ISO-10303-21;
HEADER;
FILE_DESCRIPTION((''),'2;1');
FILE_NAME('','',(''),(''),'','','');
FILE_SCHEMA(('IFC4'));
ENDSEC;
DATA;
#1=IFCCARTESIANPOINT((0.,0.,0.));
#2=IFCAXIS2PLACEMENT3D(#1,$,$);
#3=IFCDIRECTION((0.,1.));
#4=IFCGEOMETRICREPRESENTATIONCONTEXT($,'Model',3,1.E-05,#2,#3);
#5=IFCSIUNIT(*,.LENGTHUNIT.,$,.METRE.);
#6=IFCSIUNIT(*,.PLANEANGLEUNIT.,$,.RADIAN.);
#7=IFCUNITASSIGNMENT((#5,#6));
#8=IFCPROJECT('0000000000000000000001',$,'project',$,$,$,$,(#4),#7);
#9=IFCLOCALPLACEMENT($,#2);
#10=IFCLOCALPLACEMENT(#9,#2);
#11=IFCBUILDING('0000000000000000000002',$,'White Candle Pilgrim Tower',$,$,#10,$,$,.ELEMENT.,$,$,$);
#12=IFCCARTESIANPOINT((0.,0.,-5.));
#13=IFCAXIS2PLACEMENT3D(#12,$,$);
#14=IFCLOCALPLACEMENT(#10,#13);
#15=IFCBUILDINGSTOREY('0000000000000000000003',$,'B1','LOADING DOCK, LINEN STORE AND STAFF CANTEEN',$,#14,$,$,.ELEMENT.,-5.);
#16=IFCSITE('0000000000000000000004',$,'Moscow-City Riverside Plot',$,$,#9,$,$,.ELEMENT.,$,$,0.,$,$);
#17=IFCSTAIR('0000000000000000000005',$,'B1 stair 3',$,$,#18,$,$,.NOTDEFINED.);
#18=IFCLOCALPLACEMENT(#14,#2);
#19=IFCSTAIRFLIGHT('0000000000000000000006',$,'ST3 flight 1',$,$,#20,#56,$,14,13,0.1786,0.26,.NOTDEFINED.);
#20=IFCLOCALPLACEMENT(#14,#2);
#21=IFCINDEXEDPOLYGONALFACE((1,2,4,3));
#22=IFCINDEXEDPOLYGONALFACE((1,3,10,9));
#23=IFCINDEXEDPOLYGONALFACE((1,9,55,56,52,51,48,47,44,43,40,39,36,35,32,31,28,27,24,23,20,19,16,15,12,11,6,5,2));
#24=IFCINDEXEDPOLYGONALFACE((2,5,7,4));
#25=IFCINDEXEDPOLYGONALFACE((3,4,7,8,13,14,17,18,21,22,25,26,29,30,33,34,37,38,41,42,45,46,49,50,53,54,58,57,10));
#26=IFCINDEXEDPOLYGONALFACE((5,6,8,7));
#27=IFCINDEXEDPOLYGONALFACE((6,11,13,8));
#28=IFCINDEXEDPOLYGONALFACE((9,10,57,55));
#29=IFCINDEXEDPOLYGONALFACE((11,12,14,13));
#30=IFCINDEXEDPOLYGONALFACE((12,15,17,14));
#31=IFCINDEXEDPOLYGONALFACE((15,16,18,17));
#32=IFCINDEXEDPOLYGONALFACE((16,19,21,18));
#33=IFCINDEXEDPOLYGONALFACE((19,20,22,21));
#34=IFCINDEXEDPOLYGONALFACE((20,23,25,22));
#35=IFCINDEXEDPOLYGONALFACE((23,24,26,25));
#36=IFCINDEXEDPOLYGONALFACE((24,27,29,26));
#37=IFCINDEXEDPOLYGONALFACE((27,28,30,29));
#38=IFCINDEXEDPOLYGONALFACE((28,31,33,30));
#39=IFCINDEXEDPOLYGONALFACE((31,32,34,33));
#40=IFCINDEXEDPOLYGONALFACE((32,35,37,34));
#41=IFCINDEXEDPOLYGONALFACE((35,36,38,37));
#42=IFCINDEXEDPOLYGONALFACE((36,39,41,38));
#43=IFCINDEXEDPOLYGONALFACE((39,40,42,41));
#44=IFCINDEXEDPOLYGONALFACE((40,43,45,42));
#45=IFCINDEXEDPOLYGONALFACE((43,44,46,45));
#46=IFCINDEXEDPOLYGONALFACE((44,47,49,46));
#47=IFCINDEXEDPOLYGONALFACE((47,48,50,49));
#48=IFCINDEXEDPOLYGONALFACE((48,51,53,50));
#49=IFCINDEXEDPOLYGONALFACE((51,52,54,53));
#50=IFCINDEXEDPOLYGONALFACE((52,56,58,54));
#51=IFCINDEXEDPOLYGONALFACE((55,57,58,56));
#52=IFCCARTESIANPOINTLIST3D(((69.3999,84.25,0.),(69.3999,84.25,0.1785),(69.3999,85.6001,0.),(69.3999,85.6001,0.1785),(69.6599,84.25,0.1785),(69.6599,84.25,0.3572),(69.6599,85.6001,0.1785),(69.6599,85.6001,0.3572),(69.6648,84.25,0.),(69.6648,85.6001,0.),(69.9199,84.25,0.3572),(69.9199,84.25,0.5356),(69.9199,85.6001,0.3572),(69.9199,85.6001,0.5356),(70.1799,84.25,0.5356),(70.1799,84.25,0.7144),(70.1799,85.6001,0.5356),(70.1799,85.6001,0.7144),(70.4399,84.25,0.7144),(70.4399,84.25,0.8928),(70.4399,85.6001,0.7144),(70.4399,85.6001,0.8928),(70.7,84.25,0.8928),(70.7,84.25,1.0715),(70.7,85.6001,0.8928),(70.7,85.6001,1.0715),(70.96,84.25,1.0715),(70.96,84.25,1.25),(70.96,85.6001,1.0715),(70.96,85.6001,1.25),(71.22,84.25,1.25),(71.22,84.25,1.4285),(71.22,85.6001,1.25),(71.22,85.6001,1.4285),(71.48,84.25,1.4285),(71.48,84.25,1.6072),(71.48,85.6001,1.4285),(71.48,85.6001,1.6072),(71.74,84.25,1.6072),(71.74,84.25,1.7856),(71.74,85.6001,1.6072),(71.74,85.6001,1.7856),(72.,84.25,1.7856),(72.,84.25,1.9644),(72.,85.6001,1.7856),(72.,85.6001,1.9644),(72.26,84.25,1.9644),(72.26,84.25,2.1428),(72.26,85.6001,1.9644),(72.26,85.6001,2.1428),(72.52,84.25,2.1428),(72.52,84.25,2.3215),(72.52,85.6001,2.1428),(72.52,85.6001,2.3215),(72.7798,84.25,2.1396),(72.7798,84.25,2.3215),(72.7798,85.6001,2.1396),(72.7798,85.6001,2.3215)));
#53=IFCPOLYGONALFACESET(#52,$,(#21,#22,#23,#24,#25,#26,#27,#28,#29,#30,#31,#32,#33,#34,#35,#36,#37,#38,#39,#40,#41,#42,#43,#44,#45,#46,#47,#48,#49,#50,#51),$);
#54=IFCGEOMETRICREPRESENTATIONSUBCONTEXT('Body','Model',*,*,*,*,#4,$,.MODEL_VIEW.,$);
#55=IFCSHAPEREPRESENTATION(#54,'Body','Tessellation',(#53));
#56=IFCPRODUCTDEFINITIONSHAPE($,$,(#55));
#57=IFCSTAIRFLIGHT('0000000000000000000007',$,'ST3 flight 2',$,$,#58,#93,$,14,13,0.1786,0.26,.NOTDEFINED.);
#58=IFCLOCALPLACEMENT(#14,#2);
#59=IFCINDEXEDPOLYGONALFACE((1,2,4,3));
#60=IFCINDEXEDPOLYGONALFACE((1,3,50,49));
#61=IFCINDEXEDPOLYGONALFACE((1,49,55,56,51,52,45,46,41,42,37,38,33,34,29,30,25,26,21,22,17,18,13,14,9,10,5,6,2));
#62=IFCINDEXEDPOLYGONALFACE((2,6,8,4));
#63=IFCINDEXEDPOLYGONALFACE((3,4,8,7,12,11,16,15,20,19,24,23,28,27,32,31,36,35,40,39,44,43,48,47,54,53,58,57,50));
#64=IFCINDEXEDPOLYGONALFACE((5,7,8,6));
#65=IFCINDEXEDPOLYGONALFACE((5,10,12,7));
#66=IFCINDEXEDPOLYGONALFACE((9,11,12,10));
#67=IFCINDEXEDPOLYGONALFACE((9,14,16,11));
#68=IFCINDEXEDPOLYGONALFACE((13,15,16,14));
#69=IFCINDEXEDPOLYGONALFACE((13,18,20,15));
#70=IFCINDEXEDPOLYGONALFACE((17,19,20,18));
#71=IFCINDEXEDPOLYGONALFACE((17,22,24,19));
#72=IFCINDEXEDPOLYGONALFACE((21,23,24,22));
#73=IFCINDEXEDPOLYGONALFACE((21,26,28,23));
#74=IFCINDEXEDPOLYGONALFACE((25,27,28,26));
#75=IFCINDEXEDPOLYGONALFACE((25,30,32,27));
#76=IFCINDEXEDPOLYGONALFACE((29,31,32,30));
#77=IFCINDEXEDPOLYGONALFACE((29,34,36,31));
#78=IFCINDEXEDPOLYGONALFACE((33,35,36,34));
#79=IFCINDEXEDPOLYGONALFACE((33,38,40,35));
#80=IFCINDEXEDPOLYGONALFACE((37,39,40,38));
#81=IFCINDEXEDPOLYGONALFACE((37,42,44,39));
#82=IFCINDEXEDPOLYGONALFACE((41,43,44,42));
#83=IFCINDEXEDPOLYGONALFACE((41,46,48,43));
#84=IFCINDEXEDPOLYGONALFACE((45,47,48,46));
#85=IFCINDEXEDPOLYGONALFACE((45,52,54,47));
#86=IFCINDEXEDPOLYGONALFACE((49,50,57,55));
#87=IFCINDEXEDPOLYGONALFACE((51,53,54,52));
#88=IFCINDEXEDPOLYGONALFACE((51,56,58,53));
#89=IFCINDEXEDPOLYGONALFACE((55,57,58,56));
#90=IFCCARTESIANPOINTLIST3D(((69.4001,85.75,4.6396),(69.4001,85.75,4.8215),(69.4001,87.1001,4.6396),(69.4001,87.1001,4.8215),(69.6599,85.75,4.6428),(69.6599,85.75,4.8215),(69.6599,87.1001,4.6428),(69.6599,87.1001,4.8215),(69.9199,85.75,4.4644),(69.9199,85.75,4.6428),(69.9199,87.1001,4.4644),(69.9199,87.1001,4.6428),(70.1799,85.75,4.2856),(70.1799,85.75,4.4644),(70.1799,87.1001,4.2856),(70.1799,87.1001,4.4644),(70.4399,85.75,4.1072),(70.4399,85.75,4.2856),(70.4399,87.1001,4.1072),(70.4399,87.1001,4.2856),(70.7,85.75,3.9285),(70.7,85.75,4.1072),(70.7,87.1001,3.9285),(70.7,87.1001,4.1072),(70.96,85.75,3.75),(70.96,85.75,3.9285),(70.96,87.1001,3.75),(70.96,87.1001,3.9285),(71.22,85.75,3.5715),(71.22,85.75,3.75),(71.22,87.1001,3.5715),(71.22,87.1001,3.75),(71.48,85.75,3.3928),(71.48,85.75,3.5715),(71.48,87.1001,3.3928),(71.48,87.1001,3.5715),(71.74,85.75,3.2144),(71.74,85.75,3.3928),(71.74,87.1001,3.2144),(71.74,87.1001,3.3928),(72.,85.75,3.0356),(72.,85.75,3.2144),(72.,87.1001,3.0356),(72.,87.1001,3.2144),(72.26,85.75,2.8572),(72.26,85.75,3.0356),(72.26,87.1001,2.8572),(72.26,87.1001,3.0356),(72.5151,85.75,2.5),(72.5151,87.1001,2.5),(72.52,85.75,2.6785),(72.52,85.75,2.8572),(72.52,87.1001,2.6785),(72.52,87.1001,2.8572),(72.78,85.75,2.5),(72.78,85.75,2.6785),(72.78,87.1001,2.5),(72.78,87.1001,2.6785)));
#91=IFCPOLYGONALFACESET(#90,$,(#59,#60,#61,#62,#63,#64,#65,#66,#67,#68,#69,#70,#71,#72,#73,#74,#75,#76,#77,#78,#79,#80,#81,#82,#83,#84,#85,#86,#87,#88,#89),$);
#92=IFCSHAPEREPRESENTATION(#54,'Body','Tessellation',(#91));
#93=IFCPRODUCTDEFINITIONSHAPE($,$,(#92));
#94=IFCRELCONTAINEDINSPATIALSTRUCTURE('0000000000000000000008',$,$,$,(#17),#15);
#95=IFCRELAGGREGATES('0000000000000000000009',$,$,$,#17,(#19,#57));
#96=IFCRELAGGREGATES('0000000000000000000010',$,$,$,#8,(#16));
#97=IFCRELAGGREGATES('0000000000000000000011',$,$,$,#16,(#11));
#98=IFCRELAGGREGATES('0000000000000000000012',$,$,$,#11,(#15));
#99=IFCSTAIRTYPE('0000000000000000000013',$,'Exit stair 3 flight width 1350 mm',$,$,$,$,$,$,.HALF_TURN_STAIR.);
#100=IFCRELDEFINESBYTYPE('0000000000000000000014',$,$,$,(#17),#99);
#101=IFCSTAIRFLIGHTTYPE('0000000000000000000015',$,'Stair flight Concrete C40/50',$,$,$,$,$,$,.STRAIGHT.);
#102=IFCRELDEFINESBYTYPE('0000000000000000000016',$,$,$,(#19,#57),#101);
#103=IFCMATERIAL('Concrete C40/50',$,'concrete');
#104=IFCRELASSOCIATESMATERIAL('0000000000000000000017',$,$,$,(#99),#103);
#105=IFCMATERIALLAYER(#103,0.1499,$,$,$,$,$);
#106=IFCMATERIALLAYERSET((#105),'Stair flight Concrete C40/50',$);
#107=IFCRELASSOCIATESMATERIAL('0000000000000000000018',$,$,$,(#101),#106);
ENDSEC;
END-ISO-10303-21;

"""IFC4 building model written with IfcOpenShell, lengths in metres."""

from ifc_helpers import new_model, si_unit, direction, frame, origin, place, context, subcontext, project, spatial, polyline, outline, extrude, material, layer, layer_set, type_object, element, aggregate, save


model = new_model("IFC4")

# Units and contexts
model_context = context("Model", 3, precision=1e-05, world=origin(), true_north=direction((0.0, 1.0)))
body_context = subcontext(model_context, "Body", "Model", "MODEL_VIEW")
ifc_project = project(units=[si_unit("LENGTHUNIT", "METRE"), si_unit("PLANEANGLEUNIT", "RADIAN")], contexts=[model_context])

# Site, building, storey
site_placement = place(None, origin())
site = spatial("IfcSite", under=ifc_project, at=site_placement, Name="Moscow-City Riverside Plot", CompositionType="ELEMENT", RefElevation=0.0)
building_placement = place(site_placement, origin())
building = spatial("IfcBuilding", under=site, at=building_placement, Name="White Candle Pilgrim Tower", CompositionType="ELEMENT")
storey_placement = place(building_placement, frame((0.0, 0.0, -5.0)))
storey = spatial("IfcBuildingStorey", under=building, at=storey_placement, Name="B1", Description="LOADING DOCK, LINEN STORE AND STAFF CANTEEN", CompositionType="ELEMENT", Elevation=-5.0)

# Shared definitions
ifc_material_1 = material(Name="Concrete C40/50", Category="concrete")

# Stair, stair flights
stair_type = type_object("IfcStairType", Name="Exit stair 3 flight width 1350 mm", PredefinedType="HALF_TURN_STAIR", material=ifc_material_1)
stair_placement = place(storey_placement, origin())
stair = element("IfcStair", 1, at=stair_placement, inside=storey, type_object=stair_type, Name="B1 stair 3", PredefinedType="NOTDEFINED")
ifc_layer_1 = layer(ifc_material_1, 0.1499)
ifc_layer_set_1 = layer_set([ifc_layer_1], Name="Stair flight Concrete C40/50")
stair_flight_type = type_object("IfcStairFlightType", Name="Stair flight Concrete C40/50", PredefinedType="STRAIGHT", material=ifc_layer_set_1)
stair_flight_1_placement = place(storey_placement, frame((69.3999, 84.925, 0.0), z_axis=(0.0, 0.0, 1.0), x_axis=(1.0, 0.0, 0.0)))
stair_flight_1 = element("IfcStairFlight", 2, at=stair_flight_1_placement, type_object=stair_flight_type, Name="ST3 flight 1", NumberOfRisers=14, NumberOfTreads=13, PredefinedType="NOTDEFINED", RiserHeight=0.1786, TreadLength=0.26, context=body_context, shape_type="SweptSolid", body=[
    extrude(outline(polyline([(0.0, 0.0), (0.0, 0.1785), (0.26, 0.1785), (0.26, 0.3572), (0.52, 0.3572), (0.52, 0.5356), (0.78, 0.5356), (0.78, 0.7144), (1.04, 0.7144), (1.04, 0.8928), (1.3, 0.8928), (1.3, 1.0715), (1.5601, 1.0715), (1.5601, 1.25), (1.8201, 1.25), (1.8201, 1.4285), (2.0801, 1.4285), (2.0801, 1.6072), (2.3401, 1.6072), (2.3401, 1.7856), (2.6001, 1.7856), (2.6001, 1.9644), (2.8601, 1.9644), (2.8601, 2.1428), (3.1201, 2.1428), (3.1201, 2.3215), (3.3799, 2.3215), (3.3799, 2.5), (3.3799, 2.1396), (0.2649, 0.0), (0.0, 0.0)])), frame((0.0, 0.675, 0.0), z_axis=(0.0, -1.0, 0.0), x_axis=(1.0, 0.0, 0.0)), (0.0, 0.0, 1.0), 1.3501),
])
stair_flight_2_placement = place(storey_placement, frame((72.78, 86.425, 2.5), z_axis=(0.0, 0.0, 1.0), x_axis=(-1.0, 0.0, 0.0)))
stair_flight_2 = element("IfcStairFlight", 3, at=stair_flight_2_placement, type_object=stair_flight_type, Name="ST3 flight 2", NumberOfRisers=14, NumberOfTreads=13, PredefinedType="NOTDEFINED", RiserHeight=0.1786, TreadLength=0.26, context=body_context, shape_type="SweptSolid", body=[
    extrude(outline(polyline([(0.0, 0.0), (0.0, 0.1785), (0.26, 0.1785), (0.26, 0.3572), (0.52, 0.3572), (0.52, 0.5356), (0.78, 0.5356), (0.78, 0.7144), (1.04, 0.7144), (1.04, 0.8928), (1.3, 0.8928), (1.3, 1.0715), (1.5601, 1.0715), (1.5601, 1.25), (1.8201, 1.25), (1.8201, 1.4285), (2.0801, 1.4285), (2.0801, 1.6072), (2.3401, 1.6072), (2.3401, 1.7856), (2.6001, 1.7856), (2.6001, 1.9644), (2.8601, 1.9644), (2.8601, 2.1428), (3.1201, 2.1428), (3.1201, 2.3215), (3.3799, 2.3215), (3.3799, 2.5), (3.3799, 2.1396), (0.2649, 0.0), (0.0, 0.0)])), frame((0.0, 0.675, 0.0), z_axis=(0.0, -1.0, 0.0), x_axis=(1.0, 0.0, 0.0)), (0.0, 0.0, 1.0), 1.3501),
])
aggregate(stair, [stair_flight_1, stair_flight_2])

save(model, "model.ifc")
